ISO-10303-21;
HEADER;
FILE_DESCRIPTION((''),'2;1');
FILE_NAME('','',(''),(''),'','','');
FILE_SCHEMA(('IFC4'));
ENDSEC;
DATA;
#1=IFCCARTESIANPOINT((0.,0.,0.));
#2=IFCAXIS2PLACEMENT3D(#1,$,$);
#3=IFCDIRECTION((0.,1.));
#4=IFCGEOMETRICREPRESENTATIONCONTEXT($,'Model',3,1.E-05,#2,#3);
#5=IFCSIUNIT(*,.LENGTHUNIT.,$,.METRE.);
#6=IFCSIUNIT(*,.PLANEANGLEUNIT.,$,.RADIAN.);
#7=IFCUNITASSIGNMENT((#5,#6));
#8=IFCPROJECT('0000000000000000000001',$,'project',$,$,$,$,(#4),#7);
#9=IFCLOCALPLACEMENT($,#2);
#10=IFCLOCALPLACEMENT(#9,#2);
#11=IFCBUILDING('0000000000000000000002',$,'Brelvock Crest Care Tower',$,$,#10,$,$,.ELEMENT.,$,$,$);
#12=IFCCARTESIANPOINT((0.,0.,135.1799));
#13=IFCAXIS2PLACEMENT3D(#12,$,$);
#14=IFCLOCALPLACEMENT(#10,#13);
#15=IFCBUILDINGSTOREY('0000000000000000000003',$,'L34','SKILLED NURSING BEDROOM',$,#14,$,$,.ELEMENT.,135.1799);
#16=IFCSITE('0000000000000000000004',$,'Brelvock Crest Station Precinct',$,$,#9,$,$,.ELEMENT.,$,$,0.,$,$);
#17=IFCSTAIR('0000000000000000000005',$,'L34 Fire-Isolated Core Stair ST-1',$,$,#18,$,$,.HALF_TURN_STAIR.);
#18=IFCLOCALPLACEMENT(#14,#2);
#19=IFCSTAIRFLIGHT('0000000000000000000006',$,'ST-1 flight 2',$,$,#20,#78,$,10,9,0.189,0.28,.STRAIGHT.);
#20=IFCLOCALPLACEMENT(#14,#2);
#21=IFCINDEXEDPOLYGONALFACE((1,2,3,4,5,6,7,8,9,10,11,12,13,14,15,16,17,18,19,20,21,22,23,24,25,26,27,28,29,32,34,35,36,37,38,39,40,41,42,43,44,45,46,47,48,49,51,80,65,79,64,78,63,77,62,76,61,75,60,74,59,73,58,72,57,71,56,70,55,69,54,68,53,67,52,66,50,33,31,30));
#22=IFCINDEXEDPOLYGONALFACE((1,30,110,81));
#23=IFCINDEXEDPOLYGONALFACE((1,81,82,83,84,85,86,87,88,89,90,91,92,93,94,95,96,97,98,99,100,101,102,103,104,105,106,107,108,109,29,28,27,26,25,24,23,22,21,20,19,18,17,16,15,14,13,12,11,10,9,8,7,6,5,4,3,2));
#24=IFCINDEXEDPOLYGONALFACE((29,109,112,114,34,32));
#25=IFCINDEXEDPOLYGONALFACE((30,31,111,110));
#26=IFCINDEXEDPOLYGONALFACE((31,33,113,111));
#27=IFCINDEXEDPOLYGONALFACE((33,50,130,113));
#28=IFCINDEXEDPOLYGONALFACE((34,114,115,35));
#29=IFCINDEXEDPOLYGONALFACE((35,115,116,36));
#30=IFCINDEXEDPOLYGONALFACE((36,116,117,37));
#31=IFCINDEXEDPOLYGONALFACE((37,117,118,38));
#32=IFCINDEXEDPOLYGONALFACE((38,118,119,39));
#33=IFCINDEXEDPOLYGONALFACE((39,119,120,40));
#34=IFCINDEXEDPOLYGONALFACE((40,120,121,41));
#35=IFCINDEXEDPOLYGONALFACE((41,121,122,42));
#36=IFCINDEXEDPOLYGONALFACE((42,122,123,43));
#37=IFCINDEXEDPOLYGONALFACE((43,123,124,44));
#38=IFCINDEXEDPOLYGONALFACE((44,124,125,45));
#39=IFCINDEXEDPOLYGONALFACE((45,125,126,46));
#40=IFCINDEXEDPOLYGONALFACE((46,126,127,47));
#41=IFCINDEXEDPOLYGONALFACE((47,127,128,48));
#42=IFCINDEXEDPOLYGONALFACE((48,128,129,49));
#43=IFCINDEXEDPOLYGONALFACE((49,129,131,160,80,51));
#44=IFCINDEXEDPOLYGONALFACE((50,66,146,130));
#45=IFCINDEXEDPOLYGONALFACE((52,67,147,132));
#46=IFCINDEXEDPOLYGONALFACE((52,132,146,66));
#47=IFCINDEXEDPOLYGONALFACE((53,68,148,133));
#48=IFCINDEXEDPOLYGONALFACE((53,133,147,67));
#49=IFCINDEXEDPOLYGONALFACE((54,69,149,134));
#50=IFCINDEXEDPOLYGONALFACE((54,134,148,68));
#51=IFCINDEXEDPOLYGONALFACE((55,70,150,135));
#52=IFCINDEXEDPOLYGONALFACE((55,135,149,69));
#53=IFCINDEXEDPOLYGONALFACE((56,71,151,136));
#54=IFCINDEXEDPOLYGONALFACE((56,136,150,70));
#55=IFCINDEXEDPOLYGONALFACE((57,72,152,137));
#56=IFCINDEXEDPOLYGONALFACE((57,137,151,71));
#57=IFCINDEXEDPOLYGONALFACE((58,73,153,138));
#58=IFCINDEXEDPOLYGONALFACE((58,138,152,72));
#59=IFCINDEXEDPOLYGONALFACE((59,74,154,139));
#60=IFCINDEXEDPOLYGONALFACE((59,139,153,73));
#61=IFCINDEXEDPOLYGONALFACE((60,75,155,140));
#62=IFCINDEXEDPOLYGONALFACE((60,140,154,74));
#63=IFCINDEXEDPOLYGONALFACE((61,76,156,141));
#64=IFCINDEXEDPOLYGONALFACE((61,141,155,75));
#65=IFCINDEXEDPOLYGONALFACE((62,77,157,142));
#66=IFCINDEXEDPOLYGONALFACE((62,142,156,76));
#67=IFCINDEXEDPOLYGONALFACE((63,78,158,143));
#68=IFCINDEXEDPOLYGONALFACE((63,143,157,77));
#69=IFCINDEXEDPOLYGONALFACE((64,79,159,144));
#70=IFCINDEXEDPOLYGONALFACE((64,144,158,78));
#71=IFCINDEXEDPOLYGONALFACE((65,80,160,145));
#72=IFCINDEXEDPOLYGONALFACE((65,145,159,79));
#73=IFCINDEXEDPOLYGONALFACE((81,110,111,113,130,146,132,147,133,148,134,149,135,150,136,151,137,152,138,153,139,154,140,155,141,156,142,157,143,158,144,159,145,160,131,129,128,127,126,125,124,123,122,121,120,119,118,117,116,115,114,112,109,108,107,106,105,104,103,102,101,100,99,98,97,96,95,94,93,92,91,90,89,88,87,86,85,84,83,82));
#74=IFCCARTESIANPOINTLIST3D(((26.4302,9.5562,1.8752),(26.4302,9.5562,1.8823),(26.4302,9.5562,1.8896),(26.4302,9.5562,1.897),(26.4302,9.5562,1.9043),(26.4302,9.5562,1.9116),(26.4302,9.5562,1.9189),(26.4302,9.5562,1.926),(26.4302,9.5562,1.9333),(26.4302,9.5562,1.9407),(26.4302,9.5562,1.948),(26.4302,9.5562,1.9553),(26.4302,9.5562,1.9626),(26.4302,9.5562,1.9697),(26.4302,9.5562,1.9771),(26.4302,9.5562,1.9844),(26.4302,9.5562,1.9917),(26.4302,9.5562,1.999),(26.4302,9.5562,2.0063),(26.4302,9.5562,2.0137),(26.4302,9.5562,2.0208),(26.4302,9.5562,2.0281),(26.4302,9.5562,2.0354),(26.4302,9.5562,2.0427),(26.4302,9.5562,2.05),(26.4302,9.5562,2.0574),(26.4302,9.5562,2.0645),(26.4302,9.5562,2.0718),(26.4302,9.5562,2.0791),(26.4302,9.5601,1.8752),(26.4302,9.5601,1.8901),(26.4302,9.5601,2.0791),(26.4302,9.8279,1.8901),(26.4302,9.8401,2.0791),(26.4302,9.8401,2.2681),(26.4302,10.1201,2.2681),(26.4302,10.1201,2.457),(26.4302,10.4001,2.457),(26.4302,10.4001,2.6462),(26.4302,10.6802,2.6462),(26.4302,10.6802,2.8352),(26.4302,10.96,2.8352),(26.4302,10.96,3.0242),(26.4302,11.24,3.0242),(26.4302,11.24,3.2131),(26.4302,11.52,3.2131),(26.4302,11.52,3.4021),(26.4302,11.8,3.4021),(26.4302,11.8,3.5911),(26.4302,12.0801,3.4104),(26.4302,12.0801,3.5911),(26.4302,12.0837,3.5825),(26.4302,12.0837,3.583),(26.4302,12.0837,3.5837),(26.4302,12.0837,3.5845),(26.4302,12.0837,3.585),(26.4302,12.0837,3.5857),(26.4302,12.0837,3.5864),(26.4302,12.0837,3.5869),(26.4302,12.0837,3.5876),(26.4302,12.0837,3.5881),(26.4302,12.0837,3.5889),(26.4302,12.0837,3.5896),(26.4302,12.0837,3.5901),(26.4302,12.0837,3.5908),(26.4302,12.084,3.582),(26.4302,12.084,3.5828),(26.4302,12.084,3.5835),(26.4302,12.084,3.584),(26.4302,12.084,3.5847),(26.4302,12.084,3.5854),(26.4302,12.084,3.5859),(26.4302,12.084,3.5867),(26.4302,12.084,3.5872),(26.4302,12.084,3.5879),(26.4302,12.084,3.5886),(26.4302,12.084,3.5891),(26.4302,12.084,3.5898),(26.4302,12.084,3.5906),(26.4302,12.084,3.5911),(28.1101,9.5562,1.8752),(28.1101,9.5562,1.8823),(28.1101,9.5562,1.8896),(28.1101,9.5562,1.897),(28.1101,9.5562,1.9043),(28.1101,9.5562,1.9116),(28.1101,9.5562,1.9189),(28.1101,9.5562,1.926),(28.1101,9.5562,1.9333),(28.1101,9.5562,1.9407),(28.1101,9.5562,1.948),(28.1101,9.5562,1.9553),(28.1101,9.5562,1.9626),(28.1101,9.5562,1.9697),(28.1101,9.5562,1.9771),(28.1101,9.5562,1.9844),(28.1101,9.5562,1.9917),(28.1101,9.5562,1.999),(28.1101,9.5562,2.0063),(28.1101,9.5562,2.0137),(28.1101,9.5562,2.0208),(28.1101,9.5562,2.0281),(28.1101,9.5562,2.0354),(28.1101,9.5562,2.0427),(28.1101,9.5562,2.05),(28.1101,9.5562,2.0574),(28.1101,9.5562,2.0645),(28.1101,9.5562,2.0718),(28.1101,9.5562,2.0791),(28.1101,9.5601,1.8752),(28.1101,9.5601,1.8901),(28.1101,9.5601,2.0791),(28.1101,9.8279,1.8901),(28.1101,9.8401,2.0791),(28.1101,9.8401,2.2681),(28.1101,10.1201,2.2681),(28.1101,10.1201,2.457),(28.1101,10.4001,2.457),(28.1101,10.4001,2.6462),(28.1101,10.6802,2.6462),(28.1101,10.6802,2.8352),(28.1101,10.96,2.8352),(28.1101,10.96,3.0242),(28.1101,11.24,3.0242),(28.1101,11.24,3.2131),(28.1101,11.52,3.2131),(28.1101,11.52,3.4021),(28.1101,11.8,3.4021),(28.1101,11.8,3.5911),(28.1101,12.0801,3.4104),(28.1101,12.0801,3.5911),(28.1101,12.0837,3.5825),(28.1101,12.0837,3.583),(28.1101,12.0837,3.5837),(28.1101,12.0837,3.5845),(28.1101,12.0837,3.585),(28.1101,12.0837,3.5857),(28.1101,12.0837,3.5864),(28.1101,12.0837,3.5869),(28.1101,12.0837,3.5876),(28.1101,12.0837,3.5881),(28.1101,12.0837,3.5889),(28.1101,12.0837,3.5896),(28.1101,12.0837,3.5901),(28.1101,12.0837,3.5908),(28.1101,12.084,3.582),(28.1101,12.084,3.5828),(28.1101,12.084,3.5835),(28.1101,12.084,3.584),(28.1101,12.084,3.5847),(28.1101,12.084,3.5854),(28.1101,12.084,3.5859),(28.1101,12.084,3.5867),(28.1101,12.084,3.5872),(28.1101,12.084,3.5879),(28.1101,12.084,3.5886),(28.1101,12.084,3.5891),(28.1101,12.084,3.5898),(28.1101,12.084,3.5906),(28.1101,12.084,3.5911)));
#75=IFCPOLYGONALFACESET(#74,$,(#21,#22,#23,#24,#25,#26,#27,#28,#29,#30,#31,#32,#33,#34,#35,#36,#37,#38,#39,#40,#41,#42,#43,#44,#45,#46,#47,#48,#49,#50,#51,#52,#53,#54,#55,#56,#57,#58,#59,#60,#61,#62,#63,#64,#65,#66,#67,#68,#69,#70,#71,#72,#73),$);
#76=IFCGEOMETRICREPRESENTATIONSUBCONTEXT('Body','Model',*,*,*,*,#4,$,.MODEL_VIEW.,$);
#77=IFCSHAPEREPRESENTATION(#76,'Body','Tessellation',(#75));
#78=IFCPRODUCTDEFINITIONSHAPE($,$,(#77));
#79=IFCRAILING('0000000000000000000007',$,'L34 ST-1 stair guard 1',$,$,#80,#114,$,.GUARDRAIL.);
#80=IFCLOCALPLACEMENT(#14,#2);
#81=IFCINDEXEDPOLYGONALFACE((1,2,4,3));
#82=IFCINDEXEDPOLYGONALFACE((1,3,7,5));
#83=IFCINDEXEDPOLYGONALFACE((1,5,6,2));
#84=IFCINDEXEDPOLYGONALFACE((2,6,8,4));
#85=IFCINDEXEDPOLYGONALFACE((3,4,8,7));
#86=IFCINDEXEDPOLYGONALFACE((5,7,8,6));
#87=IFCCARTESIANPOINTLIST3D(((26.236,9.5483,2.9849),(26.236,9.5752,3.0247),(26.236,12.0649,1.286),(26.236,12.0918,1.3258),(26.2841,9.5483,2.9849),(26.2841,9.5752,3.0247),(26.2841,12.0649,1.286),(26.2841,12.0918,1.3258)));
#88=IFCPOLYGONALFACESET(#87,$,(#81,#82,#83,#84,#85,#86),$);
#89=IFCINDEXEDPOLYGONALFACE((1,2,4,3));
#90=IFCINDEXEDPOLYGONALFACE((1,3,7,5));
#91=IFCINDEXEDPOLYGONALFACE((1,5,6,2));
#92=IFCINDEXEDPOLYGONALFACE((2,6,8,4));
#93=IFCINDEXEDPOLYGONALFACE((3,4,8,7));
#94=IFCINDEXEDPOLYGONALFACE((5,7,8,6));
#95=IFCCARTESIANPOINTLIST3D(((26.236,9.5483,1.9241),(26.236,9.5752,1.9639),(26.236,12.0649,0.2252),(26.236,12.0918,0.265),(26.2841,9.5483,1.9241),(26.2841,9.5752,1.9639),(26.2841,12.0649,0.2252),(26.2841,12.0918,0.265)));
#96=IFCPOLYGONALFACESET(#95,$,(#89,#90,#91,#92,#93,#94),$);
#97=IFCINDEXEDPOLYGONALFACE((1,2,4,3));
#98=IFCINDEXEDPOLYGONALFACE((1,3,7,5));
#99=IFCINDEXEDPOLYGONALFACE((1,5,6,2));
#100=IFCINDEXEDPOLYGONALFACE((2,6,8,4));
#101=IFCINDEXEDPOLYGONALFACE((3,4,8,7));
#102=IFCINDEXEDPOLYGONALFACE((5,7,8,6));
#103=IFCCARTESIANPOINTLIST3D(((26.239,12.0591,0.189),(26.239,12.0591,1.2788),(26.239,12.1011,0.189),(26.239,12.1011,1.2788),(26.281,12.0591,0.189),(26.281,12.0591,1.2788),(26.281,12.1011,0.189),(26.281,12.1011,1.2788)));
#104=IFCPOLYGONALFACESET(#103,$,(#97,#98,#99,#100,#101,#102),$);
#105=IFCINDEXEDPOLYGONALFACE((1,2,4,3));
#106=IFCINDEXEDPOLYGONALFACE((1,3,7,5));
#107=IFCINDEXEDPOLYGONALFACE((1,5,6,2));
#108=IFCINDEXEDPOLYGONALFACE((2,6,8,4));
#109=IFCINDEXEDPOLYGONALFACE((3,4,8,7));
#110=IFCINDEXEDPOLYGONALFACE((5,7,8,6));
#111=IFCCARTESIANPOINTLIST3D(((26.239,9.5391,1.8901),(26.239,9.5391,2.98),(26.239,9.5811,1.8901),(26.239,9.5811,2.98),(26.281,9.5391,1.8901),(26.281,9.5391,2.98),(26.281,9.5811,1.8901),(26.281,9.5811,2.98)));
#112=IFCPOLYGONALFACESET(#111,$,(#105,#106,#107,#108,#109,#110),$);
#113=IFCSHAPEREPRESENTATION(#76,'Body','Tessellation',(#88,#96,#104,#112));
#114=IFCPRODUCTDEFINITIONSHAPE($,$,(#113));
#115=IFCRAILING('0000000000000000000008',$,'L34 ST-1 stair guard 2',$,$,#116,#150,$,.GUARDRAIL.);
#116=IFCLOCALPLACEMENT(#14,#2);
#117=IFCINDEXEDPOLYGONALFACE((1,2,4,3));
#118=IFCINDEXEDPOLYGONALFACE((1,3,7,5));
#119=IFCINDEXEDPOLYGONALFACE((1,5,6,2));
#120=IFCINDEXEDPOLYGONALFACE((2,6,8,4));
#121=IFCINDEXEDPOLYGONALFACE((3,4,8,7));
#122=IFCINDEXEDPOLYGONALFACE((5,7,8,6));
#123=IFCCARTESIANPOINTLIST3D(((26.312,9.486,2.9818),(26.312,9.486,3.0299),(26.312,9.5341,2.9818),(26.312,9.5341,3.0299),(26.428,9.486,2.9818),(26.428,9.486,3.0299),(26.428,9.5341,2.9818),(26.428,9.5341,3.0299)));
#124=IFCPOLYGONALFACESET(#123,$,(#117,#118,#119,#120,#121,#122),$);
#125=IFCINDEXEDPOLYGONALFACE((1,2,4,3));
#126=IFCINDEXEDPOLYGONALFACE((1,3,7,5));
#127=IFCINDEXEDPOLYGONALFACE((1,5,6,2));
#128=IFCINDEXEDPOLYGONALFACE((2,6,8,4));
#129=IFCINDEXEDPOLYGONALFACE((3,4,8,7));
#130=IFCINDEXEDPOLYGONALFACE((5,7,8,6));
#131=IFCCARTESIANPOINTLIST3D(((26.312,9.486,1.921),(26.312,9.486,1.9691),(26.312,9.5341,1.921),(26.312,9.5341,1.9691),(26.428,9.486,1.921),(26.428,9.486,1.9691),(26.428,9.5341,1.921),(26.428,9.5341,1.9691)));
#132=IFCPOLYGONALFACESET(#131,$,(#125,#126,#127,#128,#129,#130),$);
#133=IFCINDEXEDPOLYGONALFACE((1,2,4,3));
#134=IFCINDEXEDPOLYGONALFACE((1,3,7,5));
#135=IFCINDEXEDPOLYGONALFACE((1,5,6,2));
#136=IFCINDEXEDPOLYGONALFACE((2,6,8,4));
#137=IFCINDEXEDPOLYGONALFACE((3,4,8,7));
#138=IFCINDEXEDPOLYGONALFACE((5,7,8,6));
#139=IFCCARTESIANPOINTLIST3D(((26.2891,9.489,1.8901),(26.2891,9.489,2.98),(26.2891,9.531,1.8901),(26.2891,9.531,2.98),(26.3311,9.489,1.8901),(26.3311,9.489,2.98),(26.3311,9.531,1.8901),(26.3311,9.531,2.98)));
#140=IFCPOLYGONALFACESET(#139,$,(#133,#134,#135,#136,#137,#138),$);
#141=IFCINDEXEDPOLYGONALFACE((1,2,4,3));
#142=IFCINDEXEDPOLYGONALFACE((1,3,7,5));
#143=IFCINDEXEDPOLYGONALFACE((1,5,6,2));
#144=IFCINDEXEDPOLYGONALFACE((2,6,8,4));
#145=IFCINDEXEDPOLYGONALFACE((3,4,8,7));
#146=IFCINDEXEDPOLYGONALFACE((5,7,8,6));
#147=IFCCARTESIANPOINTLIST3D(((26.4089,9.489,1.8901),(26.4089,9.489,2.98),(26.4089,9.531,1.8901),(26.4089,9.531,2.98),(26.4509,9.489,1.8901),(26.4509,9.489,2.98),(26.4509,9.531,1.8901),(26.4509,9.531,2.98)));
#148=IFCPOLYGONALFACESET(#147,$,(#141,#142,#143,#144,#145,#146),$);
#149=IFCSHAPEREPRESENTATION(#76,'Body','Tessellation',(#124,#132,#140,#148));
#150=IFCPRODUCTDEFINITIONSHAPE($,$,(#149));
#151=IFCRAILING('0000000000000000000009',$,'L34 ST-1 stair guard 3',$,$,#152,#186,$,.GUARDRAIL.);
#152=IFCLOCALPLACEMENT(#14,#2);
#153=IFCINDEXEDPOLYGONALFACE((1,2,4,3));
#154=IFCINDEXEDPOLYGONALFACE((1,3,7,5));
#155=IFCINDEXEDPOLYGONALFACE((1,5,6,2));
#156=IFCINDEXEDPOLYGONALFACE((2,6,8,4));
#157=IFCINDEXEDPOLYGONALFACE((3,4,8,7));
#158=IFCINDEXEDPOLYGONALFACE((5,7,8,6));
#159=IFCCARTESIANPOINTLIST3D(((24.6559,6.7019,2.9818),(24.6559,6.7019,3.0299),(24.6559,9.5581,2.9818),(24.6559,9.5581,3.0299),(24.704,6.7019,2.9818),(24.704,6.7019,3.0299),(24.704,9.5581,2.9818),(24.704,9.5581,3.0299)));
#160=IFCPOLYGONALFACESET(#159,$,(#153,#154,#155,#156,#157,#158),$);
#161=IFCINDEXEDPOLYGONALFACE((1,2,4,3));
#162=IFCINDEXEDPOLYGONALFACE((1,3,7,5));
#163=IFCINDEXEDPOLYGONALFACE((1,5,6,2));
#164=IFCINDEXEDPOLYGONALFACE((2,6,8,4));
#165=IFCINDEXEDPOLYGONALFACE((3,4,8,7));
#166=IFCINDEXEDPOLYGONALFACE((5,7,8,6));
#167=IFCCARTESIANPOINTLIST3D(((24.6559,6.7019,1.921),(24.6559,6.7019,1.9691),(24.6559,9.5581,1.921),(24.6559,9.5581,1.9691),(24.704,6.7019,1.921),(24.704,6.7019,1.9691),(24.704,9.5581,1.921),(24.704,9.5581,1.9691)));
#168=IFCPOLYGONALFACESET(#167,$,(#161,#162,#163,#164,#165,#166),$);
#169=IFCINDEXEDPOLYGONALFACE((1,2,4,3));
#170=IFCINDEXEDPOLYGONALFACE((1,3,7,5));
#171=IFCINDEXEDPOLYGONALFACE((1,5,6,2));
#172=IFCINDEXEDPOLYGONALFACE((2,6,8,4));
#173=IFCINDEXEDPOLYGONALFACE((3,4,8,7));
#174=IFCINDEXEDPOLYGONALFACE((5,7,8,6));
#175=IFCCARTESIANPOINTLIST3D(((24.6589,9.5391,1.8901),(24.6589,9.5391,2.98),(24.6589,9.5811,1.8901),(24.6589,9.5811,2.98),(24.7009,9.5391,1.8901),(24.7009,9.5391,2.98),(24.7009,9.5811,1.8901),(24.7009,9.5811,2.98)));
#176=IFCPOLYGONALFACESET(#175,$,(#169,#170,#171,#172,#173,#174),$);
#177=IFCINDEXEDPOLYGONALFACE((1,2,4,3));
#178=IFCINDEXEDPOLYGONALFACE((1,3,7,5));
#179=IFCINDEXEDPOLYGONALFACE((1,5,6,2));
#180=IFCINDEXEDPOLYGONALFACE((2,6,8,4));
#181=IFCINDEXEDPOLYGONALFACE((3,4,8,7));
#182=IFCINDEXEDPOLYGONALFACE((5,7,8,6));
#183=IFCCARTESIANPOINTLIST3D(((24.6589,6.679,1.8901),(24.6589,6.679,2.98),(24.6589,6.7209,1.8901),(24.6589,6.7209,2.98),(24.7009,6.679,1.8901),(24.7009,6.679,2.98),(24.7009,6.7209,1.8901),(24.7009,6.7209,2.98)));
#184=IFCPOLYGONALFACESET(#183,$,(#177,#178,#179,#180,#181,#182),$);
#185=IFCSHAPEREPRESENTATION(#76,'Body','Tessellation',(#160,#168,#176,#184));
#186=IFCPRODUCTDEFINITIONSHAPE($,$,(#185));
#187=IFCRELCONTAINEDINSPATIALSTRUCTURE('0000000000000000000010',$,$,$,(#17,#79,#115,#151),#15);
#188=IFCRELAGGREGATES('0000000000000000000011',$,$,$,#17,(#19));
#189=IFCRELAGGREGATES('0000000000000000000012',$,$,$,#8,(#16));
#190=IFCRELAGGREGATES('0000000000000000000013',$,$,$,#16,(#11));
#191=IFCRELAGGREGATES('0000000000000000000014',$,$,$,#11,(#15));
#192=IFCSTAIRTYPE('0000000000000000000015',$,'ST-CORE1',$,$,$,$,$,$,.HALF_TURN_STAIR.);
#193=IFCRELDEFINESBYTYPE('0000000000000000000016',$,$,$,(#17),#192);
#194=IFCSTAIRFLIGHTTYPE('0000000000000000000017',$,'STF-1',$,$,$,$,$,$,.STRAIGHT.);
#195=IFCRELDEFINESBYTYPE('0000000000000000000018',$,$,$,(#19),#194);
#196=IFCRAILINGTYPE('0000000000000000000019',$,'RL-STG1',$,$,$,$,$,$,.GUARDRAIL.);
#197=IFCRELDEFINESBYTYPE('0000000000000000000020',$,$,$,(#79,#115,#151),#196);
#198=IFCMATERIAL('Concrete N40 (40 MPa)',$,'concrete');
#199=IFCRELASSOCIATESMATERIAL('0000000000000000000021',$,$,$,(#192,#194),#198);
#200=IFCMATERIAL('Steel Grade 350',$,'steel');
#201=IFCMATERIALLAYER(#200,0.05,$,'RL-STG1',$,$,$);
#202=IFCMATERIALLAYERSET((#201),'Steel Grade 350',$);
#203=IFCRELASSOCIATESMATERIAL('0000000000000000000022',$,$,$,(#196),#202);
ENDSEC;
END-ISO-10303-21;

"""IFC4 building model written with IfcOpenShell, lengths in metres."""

from ifc_helpers import new_model, si_unit, direction, frame, origin, origin_2d, place, context, subcontext, project, spatial, polyline, rectangle, outline, extrude, material, layer, layer_set, type_object, element, aggregate, save


model = new_model("IFC4")

# Units and contexts
model_context = context("Model", 3, precision=1e-05, world=origin(), true_north=direction((0.0, 1.0)))
body_context = subcontext(model_context, "Body", "Model", "MODEL_VIEW")
ifc_project = project(units=[si_unit("LENGTHUNIT", "METRE"), si_unit("PLANEANGLEUNIT", "RADIAN")], contexts=[model_context])

# Site, building, storey
site_placement = place(None, origin())
site = spatial("IfcSite", under=ifc_project, at=site_placement, Name="Brelvock Crest Station Precinct", CompositionType="ELEMENT", RefElevation=0.0)
building_placement = place(site_placement, origin())
building = spatial("IfcBuilding", under=site, at=building_placement, Name="Brelvock Crest Care Tower", CompositionType="ELEMENT")
storey_placement = place(building_placement, frame((0.0, 0.0, 135.1799)))
storey = spatial("IfcBuildingStorey", under=building, at=storey_placement, Name="L34", Description="SKILLED NURSING BEDROOM", CompositionType="ELEMENT", Elevation=135.1799)

# Shared definitions
ifc_material_1 = material(Name="Steel Grade 350", Category="steel")

# Stair, stair flight
ifc_material_2 = material(Name="Concrete N40 (40 MPa)", Category="concrete")
stair_type = type_object("IfcStairType", Name="ST-CORE1", PredefinedType="HALF_TURN_STAIR", material=ifc_material_2)
stair_placement = place(storey_placement, origin())
stair = element("IfcStair", 1, at=stair_placement, inside=storey, type_object=stair_type, Name="L34 Fire-Isolated Core Stair ST-1", PredefinedType="HALF_TURN_STAIR")
stair_flight_type = type_object("IfcStairFlightType", Name="STF-1", PredefinedType="STRAIGHT", material=ifc_material_2)
stair_flight_1_placement = place(storey_placement, frame((27.27, 9.5601, 1.8901), z_axis=(0.0, 0.0, 1.0), x_axis=(0.0, 1.0, 0.0)))
stair_flight_1 = element("IfcStairFlight", 2, at=stair_flight_1_placement, type_object=stair_flight_type, Name="ST-1 flight 2", NumberOfRisers=10, NumberOfTreads=9, PredefinedType="STRAIGHT", RiserHeight=0.189, TreadLength=0.28, context=body_context, shape_type="SweptSolid", body=[
    extrude(outline(polyline([(-0.0039, -0.0149), (-0.0039, -0.0078), (-0.0039, -0.0005), (-0.0039, 0.0068), (-0.0039, 0.0142), (-0.0039, 0.0215), (-0.0039, 0.0288), (-0.0039, 0.0359), (-0.0039, 0.0432), (-0.0039, 0.0505), (-0.0039, 0.0579), (-0.0039, 0.0652), (-0.0039, 0.0725), (-0.0039, 0.0796), (-0.0039, 0.0869), (-0.0039, 0.0942), (-0.0039, 0.1016), (-0.0039, 0.1089), (-0.0039, 0.1162), (-0.0039, 0.1235), (-0.0039, 0.1306), (-0.0039, 0.1379), (-0.0039, 0.1453), (-0.0039, 0.1526), (-0.0039, 0.1599), (-0.0039, 0.1672), (-0.0039, 0.1743), (-0.0039, 0.1816), (-0.0039, 0.189), (0.0, 0.189), (0.28, 0.189), (0.28, 0.3779), (0.5601, 0.3779), (0.5601, 0.5669), (0.8401, 0.5669), (0.8401, 0.7561), (1.1201, 0.7561), (1.1201, 0.9451), (1.3999, 0.9451), (1.3999, 1.134), (1.6799, 1.134), (1.6799, 1.323), (1.96, 1.323), (1.96, 1.512), (2.24, 1.512), (2.24, 1.7009), (2.52, 1.7009), (2.5239, 1.7009), (2.5237, 1.7007), (2.5239, 1.7004), (2.5237, 1.7), (2.5239, 1.6997), (2.5237, 1.6995), (2.5239, 1.699), (2.5237, 1.6987), (2.5239, 1.6985), (2.5237, 1.698), (2.5239, 1.6978), (2.5237, 1.6975), (2.5239, 1.697), (2.5237, 1.6968), (2.5239, 1.6965), (2.5237, 1.6963), (2.5239, 1.6958), (2.5237, 1.6956), (2.5239, 1.6953), (2.5237, 1.6948), (2.5239, 1.6946), (2.5237, 1.6943), (2.5239, 1.6938), (2.5237, 1.6936), (2.5239, 1.6934), (2.5237, 1.6929), (2.5239, 1.6926), (2.5237, 1.6924), (2.5239, 1.6919), (2.52, 1.5203), (0.2678, 0.0), (0.0, 0.0), (0.0, -0.0149), (-0.0039, -0.0149)])), frame((0.0, 0.8398, 0.0), z_axis=(0.0, -1.0, 0.0), x_axis=(1.0, 0.0, 0.0)), (0.0, 0.0, 1.0), 1.6799),
])
aggregate(stair, [stair_flight_1])

# Railings
ifc_layer_1 = layer(ifc_material_1, 0.05, Name="RL-STG1")
ifc_layer_set_1 = layer_set([ifc_layer_1], Name="Steel Grade 350")
railing_type_1 = type_object("IfcRailingType", Name="RL-STG1", PredefinedType="GUARDRAIL", material=ifc_layer_set_1)
railing_1_placement = place(storey_placement, frame((26.26, 12.0801, 0.189)))
element("IfcRailing", 3, at=railing_1_placement, inside=storey, type_object=railing_type_1, Name="L34 ST-1 stair guard 1", PredefinedType="GUARDRAIL", context=body_context, shape_type="SweptSolid", body=[
    extrude(rectangle(XDim=0.0481, YDim=0.0481, at=origin_2d()), frame((0.0, -0.0017, 1.1169), z_axis=(0.0, -0.828824, 0.559509), x_axis=(1.0, 0.0, 0.0)), (0.0, 0.0, 1.0), 3.0364),
    extrude(rectangle(XDim=0.0481, YDim=0.0481, at=origin_2d()), frame((0.0, -0.0017, 0.0562), z_axis=(0.0, -0.828824, 0.559509), x_axis=(1.0, 0.0, 0.0)), (0.0, 0.0, 1.0), 3.0364),
    extrude(rectangle(XDim=0.042, YDim=0.042, at=origin_2d()), origin(), (0.0, 0.0, 1.0), 1.0898),
    extrude(rectangle(XDim=0.042, YDim=0.042, at=origin_2d()), frame((0.0, -2.52, 1.7012)), (0.0, 0.0, 1.0), 1.0898),
])
railing_2_placement = place(storey_placement, frame((26.3101, 9.51, 1.8901)))
element("IfcRailing", 4, at=railing_2_placement, inside=storey, type_object=railing_type_1, Name="L34 ST-1 stair guard 2", PredefinedType="GUARDRAIL", context=body_context, shape_type="SweptSolid", body=[
    extrude(rectangle(XDim=0.0481, YDim=0.0481, at=origin_2d()), frame((0.002, 0.0, 1.1157), z_axis=(1.0, 0.0, 0.0), x_axis=(0.0, 1.0, 0.0)), (0.0, 0.0, 1.0), 0.116),
    extrude(rectangle(XDim=0.0481, YDim=0.0481, at=origin_2d()), frame((0.002, 0.0, 0.0549), z_axis=(1.0, 0.0, 0.0), x_axis=(0.0, 1.0, 0.0)), (0.0, 0.0, 1.0), 0.116),
    extrude(rectangle(XDim=0.042, YDim=0.042, at=origin_2d()), origin(), (0.0, 0.0, 1.0), 1.0898),
    extrude(rectangle(XDim=0.042, YDim=0.042, at=origin_2d()), frame((0.1199, 0.0, 0.0)), (0.0, 0.0, 1.0), 1.0898),
])
for number, where, name in (
    (5, (24.6799, 9.5601, 1.8901), "L34 ST-1 stair guard 3"),
):
    element("IfcRailing", number, at=place(storey_placement, frame(where)), inside=storey, type_object=railing_type_1, Name=name, PredefinedType="GUARDRAIL", context=body_context, shape_type="SweptSolid", body=[
        extrude(rectangle(XDim=0.0481, YDim=0.0481, at=origin_2d()), frame((0.0, -0.002, 1.1157), z_axis=(0.0, -1.0, 0.0), x_axis=(1.0, 0.0, 0.0)), (0.0, 0.0, 1.0), 2.8562),
        extrude(rectangle(XDim=0.0481, YDim=0.0481, at=origin_2d()), frame((0.0, -0.002, 0.0549), z_axis=(0.0, -1.0, 0.0), x_axis=(1.0, 0.0, 0.0)), (0.0, 0.0, 1.0), 2.8562),
        extrude(rectangle(XDim=0.042, YDim=0.042, at=origin_2d()), origin(), (0.0, 0.0, 1.0), 1.0898),
        extrude(rectangle(XDim=0.042, YDim=0.042, at=origin_2d()), frame((0.0, -2.8601, 0.0)), (0.0, 0.0, 1.0), 1.0898),
    ])

save(model, "model.ifc")
